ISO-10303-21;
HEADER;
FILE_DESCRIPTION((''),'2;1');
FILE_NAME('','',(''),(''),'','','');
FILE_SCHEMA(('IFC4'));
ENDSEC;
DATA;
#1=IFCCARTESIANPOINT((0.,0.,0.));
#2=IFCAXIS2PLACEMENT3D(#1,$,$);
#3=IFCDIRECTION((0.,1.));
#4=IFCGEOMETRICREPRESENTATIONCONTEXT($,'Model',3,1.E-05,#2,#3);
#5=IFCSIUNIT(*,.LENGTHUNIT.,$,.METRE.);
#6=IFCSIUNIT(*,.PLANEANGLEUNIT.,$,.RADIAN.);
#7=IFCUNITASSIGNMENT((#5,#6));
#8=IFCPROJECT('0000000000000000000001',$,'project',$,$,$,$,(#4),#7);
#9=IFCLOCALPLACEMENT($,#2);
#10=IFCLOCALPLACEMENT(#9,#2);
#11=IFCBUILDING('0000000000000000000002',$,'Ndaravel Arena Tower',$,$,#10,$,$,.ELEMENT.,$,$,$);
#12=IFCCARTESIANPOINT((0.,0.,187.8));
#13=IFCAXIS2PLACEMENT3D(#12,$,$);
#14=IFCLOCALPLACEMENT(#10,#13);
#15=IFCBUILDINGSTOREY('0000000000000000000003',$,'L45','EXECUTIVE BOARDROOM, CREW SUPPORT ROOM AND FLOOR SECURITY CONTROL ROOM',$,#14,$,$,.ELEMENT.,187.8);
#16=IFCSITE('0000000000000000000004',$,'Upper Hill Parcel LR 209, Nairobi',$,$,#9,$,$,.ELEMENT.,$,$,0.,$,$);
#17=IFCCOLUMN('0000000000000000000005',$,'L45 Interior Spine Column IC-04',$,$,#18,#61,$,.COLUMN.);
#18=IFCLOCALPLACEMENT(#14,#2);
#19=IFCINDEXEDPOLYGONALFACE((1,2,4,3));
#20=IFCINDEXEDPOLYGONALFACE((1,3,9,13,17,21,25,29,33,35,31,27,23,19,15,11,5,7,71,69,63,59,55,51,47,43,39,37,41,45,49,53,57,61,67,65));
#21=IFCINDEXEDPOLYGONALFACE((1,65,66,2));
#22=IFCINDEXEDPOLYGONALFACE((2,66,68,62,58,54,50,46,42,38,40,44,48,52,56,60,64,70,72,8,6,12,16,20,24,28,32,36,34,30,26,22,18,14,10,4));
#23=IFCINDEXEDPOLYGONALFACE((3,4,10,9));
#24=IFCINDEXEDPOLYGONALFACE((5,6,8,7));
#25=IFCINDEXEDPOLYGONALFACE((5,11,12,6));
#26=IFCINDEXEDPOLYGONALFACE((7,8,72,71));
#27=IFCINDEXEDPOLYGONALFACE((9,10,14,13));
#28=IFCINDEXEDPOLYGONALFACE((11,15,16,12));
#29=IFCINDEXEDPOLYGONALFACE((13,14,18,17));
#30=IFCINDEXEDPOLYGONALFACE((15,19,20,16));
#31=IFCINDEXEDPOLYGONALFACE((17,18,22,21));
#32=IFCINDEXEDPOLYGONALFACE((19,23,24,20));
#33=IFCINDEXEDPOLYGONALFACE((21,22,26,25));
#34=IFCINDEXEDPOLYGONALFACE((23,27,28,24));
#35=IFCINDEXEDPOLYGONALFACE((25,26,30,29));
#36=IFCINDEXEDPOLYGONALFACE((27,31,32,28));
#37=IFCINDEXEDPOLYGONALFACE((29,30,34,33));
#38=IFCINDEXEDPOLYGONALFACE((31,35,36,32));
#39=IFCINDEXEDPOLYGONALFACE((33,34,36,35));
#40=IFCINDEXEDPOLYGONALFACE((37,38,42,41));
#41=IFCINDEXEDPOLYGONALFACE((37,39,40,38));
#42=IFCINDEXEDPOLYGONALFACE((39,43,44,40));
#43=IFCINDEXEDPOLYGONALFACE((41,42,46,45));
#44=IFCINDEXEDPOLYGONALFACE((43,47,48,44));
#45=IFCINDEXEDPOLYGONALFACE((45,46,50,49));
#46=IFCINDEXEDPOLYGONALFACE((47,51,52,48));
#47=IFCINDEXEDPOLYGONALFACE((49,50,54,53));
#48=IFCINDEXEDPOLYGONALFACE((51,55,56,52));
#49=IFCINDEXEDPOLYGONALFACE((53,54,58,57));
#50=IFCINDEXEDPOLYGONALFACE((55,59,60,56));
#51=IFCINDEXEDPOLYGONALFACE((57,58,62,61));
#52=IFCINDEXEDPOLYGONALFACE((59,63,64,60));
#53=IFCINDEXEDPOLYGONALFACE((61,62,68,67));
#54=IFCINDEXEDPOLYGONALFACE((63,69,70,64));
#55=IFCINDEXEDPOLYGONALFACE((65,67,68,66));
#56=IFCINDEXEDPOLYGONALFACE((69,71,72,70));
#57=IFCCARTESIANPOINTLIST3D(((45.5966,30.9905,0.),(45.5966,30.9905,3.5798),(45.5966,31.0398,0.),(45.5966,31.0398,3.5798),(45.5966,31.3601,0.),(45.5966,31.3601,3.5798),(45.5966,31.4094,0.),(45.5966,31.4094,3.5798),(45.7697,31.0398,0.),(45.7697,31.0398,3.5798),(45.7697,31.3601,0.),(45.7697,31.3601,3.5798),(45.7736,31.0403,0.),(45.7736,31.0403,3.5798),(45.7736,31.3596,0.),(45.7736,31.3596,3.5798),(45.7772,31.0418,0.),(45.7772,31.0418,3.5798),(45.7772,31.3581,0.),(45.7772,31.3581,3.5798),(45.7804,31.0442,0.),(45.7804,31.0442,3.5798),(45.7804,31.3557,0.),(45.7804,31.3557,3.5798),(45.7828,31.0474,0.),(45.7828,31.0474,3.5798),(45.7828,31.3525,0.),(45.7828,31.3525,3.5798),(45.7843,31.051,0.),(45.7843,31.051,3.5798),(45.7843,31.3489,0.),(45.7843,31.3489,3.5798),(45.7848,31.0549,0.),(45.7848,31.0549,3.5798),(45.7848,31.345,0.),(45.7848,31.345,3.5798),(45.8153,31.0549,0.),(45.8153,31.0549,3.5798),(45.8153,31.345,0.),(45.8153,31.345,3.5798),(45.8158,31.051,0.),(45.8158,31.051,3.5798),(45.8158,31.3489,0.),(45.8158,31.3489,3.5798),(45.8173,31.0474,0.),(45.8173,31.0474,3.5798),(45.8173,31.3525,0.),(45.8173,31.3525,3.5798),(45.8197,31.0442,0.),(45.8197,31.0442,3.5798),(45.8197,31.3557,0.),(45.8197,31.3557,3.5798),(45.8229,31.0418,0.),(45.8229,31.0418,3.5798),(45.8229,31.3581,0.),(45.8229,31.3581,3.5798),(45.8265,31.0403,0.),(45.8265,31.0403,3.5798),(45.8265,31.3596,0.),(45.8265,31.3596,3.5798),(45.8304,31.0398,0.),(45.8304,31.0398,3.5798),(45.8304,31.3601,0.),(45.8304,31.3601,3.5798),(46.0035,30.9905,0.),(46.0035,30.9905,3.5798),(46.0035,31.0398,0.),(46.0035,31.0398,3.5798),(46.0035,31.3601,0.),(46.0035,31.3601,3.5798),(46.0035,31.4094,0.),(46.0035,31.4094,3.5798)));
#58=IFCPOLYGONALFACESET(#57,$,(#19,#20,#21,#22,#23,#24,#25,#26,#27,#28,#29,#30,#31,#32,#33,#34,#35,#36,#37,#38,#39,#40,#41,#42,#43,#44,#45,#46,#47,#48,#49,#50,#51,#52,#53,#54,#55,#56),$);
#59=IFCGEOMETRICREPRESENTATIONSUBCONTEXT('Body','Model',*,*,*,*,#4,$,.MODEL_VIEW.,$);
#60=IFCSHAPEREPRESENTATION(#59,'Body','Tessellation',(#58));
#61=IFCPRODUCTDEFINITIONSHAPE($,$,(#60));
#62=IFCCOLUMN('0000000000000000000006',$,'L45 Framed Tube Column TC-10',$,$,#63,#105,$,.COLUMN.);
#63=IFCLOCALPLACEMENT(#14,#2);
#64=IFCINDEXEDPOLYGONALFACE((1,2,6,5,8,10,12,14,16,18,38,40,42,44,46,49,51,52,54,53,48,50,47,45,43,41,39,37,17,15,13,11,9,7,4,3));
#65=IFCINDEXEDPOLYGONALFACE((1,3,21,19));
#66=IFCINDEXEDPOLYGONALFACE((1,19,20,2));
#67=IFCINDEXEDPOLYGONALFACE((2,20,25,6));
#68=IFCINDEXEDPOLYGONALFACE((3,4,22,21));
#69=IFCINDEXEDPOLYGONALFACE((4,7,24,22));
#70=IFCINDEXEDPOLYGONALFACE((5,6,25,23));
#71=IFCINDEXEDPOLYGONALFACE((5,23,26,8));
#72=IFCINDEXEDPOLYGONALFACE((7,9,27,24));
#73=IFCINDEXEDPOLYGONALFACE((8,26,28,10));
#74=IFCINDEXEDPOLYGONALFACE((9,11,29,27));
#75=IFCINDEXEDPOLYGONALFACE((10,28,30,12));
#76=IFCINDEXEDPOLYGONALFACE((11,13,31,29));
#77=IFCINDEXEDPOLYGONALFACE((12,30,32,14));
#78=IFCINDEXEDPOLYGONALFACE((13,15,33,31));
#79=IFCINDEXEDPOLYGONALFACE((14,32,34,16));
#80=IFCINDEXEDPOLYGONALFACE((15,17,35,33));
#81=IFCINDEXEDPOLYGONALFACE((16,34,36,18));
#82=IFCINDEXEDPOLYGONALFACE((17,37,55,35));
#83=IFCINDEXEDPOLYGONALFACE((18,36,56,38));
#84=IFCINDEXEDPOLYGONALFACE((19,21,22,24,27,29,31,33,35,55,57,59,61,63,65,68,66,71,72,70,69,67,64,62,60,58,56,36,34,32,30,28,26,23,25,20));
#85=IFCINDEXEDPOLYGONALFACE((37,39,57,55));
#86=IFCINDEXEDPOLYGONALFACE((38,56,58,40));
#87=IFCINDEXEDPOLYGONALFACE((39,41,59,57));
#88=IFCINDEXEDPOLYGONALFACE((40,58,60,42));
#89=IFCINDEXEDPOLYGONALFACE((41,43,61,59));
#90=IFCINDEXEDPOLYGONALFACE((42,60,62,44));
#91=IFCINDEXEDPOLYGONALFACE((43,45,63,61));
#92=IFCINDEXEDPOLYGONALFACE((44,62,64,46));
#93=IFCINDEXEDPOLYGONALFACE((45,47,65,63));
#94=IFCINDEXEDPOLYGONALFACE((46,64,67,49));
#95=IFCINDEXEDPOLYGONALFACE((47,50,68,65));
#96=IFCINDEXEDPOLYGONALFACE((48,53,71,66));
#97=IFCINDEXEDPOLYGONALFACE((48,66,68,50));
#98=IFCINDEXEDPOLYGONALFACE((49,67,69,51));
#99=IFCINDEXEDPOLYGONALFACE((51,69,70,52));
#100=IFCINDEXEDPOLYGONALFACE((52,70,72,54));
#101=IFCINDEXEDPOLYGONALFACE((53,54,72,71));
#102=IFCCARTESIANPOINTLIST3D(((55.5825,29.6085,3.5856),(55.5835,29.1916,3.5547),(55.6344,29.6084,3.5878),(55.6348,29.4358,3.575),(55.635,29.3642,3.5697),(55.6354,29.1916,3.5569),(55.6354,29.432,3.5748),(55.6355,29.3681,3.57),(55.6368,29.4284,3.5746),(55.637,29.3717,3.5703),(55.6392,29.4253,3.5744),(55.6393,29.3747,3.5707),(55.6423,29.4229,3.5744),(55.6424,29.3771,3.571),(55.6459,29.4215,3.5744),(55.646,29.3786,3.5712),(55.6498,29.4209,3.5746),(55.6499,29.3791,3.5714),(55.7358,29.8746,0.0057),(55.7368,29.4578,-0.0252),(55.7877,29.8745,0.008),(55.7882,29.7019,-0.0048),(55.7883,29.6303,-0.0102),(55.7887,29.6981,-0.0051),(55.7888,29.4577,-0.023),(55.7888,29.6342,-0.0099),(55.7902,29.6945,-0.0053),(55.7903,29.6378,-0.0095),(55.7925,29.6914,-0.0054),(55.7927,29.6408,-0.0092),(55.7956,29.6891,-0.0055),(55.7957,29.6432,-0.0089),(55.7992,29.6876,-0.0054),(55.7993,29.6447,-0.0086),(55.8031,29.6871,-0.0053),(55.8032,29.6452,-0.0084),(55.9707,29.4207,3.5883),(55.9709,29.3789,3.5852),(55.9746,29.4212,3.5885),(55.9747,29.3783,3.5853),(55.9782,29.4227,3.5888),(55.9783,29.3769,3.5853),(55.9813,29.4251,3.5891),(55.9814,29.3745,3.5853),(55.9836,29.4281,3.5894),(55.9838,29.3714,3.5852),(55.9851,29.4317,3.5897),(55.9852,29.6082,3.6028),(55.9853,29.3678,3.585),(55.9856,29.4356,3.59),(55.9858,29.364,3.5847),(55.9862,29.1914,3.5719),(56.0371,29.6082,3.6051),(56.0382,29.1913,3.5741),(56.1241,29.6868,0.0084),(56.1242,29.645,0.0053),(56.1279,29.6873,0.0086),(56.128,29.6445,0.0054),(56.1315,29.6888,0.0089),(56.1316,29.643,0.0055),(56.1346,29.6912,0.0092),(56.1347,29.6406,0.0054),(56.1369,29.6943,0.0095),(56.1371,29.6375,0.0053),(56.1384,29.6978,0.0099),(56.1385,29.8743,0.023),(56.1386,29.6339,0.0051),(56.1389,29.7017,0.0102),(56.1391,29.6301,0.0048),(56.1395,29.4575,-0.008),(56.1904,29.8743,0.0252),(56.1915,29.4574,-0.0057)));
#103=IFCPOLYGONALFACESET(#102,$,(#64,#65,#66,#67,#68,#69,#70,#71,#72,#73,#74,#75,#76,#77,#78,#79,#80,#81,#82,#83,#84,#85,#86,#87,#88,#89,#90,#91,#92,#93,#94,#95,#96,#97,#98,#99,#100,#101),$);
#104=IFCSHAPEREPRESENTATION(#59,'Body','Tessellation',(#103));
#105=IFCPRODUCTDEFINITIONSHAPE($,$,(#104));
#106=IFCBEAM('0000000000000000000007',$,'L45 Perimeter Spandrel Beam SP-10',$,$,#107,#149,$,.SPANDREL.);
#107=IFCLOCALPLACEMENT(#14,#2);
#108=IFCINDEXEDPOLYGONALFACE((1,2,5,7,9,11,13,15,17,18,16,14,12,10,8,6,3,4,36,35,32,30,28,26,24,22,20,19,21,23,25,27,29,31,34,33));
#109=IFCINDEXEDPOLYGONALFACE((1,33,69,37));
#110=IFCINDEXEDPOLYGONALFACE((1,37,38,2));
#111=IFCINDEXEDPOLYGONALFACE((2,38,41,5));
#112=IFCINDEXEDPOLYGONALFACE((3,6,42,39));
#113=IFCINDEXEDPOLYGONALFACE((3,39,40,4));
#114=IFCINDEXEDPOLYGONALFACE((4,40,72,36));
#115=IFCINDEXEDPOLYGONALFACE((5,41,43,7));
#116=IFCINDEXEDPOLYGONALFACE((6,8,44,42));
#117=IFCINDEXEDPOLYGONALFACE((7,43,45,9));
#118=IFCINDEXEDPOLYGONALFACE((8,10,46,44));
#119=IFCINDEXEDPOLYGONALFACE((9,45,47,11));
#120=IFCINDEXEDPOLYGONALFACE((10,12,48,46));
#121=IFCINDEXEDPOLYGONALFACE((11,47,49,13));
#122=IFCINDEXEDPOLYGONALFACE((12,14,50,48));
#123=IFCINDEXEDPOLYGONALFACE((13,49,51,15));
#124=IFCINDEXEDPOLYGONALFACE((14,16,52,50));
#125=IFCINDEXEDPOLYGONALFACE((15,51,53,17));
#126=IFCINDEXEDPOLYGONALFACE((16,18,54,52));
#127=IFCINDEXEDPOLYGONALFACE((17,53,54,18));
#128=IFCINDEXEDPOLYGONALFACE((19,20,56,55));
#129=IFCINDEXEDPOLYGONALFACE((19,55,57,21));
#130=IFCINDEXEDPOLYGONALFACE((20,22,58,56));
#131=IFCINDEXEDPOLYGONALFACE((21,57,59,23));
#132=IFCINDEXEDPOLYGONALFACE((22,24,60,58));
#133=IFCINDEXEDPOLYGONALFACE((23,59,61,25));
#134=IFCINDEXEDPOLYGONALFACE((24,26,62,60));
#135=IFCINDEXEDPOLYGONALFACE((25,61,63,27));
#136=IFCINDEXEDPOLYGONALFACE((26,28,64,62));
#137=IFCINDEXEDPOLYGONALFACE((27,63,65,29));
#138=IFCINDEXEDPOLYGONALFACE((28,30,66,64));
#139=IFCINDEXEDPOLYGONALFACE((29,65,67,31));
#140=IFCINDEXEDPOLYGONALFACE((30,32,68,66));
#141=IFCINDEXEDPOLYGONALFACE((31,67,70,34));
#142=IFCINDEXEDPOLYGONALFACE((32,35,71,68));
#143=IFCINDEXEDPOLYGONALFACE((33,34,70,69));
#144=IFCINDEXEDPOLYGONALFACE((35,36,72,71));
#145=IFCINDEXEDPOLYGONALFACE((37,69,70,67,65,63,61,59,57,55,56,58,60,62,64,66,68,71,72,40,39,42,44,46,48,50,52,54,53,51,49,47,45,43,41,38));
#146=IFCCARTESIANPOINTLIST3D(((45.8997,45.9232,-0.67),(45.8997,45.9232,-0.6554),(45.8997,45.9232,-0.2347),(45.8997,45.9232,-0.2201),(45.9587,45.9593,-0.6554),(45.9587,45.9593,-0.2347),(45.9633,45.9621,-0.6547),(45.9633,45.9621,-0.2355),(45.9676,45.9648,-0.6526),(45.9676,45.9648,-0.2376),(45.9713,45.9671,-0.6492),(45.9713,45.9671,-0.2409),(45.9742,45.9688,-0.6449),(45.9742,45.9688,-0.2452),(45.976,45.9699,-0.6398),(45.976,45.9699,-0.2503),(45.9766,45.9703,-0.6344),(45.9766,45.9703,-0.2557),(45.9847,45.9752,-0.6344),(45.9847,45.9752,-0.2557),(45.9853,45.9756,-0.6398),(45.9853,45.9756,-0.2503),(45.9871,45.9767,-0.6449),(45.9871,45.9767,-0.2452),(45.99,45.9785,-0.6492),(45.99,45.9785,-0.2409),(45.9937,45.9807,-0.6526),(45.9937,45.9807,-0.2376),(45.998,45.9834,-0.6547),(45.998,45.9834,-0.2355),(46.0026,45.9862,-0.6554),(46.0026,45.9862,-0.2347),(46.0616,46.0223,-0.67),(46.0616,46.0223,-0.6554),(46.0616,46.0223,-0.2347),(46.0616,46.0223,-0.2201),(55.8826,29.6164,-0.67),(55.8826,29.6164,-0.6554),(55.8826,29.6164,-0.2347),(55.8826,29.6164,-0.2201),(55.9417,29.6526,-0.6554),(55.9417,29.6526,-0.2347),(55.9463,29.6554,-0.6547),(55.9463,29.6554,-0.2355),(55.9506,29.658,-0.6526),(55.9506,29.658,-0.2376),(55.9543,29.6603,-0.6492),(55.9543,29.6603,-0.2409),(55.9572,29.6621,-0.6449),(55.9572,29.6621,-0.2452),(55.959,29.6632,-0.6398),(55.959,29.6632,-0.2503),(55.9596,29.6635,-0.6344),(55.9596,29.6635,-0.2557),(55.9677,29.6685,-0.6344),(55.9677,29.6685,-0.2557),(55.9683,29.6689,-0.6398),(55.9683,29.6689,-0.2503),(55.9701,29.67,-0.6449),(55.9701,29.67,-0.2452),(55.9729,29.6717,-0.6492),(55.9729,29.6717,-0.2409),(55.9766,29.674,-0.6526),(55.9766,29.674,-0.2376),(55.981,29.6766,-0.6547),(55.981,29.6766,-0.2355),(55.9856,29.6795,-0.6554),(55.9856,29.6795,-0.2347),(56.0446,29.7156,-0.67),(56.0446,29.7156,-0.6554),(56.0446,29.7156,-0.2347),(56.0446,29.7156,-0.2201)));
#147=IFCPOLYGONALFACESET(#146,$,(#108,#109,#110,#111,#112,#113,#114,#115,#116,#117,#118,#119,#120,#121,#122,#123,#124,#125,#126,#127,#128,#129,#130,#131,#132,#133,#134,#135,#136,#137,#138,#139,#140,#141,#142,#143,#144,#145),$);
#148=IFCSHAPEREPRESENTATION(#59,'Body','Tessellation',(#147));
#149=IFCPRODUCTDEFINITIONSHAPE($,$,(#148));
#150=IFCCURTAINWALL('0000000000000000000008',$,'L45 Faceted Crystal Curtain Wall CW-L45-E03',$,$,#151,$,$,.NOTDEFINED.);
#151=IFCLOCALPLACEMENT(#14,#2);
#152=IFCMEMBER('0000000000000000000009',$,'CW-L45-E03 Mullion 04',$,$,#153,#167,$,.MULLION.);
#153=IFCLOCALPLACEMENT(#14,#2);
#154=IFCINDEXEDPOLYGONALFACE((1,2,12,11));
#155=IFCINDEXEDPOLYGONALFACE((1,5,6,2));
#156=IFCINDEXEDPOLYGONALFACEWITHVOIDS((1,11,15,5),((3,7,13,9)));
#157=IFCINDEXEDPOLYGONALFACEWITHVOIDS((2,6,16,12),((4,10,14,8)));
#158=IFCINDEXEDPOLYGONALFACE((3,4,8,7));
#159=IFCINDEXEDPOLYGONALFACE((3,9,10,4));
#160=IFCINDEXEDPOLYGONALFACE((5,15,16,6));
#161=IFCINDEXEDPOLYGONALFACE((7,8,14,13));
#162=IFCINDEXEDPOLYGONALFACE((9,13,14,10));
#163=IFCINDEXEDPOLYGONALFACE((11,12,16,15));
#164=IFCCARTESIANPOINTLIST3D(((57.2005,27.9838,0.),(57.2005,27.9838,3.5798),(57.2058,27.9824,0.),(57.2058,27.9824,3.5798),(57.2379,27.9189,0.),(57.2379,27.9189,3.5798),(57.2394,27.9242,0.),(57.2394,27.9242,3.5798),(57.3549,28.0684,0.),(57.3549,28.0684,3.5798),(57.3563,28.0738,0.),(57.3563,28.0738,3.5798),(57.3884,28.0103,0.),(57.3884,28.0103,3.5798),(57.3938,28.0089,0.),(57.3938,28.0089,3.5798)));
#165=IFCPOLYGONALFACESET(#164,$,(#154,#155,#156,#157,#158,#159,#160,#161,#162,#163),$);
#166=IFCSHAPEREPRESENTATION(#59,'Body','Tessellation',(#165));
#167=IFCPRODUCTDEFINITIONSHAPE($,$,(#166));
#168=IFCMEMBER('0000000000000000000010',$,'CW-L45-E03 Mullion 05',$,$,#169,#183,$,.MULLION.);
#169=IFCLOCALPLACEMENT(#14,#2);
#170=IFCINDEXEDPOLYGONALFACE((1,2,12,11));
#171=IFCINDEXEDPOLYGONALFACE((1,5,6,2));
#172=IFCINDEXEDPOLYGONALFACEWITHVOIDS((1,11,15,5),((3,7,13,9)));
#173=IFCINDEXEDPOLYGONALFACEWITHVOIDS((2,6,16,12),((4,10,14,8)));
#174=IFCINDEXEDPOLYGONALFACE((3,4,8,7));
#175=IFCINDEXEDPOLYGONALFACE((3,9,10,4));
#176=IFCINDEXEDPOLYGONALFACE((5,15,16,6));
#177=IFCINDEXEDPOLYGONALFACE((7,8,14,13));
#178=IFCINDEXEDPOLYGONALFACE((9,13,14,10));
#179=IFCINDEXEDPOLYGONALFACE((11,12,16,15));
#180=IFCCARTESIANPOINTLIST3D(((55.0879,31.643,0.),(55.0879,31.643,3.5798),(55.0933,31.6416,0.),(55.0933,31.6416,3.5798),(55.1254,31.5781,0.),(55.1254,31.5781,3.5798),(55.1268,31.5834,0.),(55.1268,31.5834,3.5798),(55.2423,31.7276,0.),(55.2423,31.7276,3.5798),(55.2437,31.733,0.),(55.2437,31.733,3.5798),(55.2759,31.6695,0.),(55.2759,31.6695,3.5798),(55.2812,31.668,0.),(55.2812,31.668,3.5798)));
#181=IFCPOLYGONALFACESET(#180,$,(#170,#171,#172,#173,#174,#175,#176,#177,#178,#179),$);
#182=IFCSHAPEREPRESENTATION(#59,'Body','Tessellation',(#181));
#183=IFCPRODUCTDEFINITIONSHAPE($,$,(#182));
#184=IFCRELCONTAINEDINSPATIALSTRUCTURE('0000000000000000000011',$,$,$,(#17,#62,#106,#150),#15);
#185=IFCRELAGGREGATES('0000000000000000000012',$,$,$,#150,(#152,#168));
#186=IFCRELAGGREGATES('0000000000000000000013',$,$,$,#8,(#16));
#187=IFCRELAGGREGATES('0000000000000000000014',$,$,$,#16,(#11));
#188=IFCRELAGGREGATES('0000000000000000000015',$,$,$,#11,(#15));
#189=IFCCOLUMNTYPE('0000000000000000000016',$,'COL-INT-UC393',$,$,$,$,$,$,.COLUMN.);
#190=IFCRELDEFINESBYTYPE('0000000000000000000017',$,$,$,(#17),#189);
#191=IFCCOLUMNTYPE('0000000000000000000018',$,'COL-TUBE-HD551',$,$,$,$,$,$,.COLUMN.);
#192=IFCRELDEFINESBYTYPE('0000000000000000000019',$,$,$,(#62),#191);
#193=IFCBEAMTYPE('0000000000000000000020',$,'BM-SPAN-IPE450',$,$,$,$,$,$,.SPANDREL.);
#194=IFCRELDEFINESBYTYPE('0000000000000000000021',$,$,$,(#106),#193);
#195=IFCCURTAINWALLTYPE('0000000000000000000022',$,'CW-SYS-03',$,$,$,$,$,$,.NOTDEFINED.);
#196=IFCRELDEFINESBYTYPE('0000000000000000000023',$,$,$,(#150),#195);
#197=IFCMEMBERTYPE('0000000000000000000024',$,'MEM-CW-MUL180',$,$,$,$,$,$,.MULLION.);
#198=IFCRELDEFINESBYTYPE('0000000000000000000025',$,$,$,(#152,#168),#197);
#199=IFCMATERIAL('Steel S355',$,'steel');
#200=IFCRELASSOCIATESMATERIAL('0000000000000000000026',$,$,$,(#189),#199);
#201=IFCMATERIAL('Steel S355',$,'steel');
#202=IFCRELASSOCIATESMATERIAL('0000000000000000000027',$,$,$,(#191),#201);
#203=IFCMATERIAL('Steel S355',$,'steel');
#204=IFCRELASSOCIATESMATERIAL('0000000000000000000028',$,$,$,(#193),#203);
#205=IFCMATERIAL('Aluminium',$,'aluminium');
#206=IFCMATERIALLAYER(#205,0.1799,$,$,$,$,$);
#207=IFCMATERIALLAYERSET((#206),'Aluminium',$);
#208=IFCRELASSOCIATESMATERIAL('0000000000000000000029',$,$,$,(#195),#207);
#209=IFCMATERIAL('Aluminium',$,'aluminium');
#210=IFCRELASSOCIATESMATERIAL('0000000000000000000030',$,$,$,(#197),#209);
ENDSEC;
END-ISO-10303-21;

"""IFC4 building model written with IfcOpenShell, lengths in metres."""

from ifc_helpers import new_model, si_unit, direction, frame, origin, origin_2d, place, context, subcontext, project, spatial, hollow_rectangle, i_section, extrude, material, layer, layer_set, material_profile, profile_set, type_object, element, aggregate, save


model = new_model("IFC4")

# Units and contexts
model_context = context("Model", 3, precision=1e-05, world=origin(), true_north=direction((0.0, 1.0)))
body_context = subcontext(model_context, "Body", "Model", "MODEL_VIEW")
ifc_project = project(units=[si_unit("LENGTHUNIT", "METRE"), si_unit("PLANEANGLEUNIT", "RADIAN")], contexts=[model_context])

# Site, building, storey
site_placement = place(None, origin())
site = spatial("IfcSite", under=ifc_project, at=site_placement, Name="Upper Hill Parcel LR 209, Nairobi", CompositionType="ELEMENT", RefElevation=0.0)
building_placement = place(site_placement, origin())
building = spatial("IfcBuilding", under=site, at=building_placement, Name="Ndaravel Arena Tower", CompositionType="ELEMENT")
storey_placement = place(building_placement, frame((0.0, 0.0, 187.8)))
storey = spatial("IfcBuildingStorey", under=building, at=storey_placement, Name="L45", Description="EXECUTIVE BOARDROOM, CREW SUPPORT ROOM AND FLOOR SECURITY CONTROL ROOM", CompositionType="ELEMENT", Elevation=187.8)

# Columns
ifc_material_1 = material(Name="Steel S355", Category="steel")
ifc_material_profile_1 = material_profile(ifc_material_1, i_section(OverallWidth=0.407, OverallDepth=0.4189, WebThickness=0.0305, FlangeThickness=0.0493, FilletRadius=0.0151, at=origin_2d()), Name="UC 356x406x393")
ifc_profile_set_1 = profile_set([ifc_material_profile_1], Name="Steel S355")
column_type_1 = type_object("IfcColumnType", Name="COL-INT-UC393", PredefinedType="COLUMN", material=ifc_profile_set_1)
column_1_placement = place(storey_placement, frame((45.8, 31.2, 0.0), z_axis=(0.0, 0.0, 1.0), x_axis=(1.0, 0.0, 0.0)))
element("IfcColumn", 1, at=column_1_placement, inside=storey, type_object=column_type_1, Name="L45 Interior Spine Column IC-04", PredefinedType="COLUMN", context=body_context, shape_type="SweptSolid", body=[
    extrude(i_section(OverallWidth=0.407, OverallDepth=0.4189, WebThickness=0.0305, FlangeThickness=0.0493, FilletRadius=0.0151, at=origin_2d()), origin(), (0.0, 0.0, 1.0), 3.5798),
])
ifc_material_2 = material(Name="Steel S355", Category="steel")
ifc_material_profile_2 = material_profile(ifc_material_2, i_section(OverallWidth=0.418, OverallDepth=0.4551, WebThickness=0.042, FlangeThickness=0.052, FilletRadius=0.0149, at=origin_2d()), Name="HD 400x551")
ifc_profile_set_2 = profile_set([ifc_material_profile_2], Name="Steel S355")
column_type_2 = type_object("IfcColumnType", Name="COL-TUBE-HD551", PredefinedType="COLUMN", material=ifc_profile_set_2)
column_2_placement = place(storey_placement, frame((55.9636, 29.666, 0.0), z_axis=(-0.042672, -0.074065, 0.99634), x_axis=(-0.002485, 0.997253, 0.074026)))
element("IfcColumn", 2, at=column_2_placement, inside=storey, type_object=column_type_2, Name="L45 Framed Tube Column TC-10", PredefinedType="COLUMN", context=body_context, shape_type="SweptSolid", body=[
    extrude(i_section(OverallWidth=0.418, OverallDepth=0.4551, WebThickness=0.042, FlangeThickness=0.052, FilletRadius=0.0149, at=origin_2d()), origin(), (0.0, 0.0, 1.0), 3.593),
])

# Beam
ifc_material_3 = material(Name="Steel S355", Category="steel")
ifc_material_profile_3 = material_profile(ifc_material_3, i_section(OverallWidth=0.1899, OverallDepth=0.45, WebThickness=0.0095, FlangeThickness=0.0146, FilletRadius=0.021, at=origin_2d()), Name="IPE 450")
ifc_profile_set_3 = profile_set([ifc_material_profile_3], Name="Steel S355")
beam_type = type_object("IfcBeamType", Name="BM-SPAN-IPE450", PredefinedType="SPANDREL", material=ifc_profile_set_3)
beam_placement = place(storey_placement, frame((55.9636, 29.666, -0.4451), z_axis=(-0.522125, 0.852869, 0.0), x_axis=(-0.852869, -0.522125, 0.0)))
element("IfcBeam", 3, at=beam_placement, inside=storey, type_object=beam_type, Name="L45 Perimeter Spandrel Beam SP-10", PredefinedType="SPANDREL", context=body_context, shape_type="SweptSolid", body=[
    extrude(i_section(OverallWidth=0.1899, OverallDepth=0.45, WebThickness=0.0095, FlangeThickness=0.0146, FilletRadius=0.021, at=origin_2d()), origin(), (0.0, 0.0, 1.0), 19.1199),
])

# Curtain wall, members
ifc_material_4 = material(Name="Aluminium", Category="aluminium")
ifc_layer_1 = layer(ifc_material_4, 0.1799)
ifc_layer_set_1 = layer_set([ifc_layer_1], Name="Aluminium")
curtain_wall_type = type_object("IfcCurtainWallType", Name="CW-SYS-03", PredefinedType="NOTDEFINED", material=ifc_layer_set_1)
curtain_wall_placement = place(storey_placement, origin())
curtain_wall = element("IfcCurtainWall", 4, at=curtain_wall_placement, inside=storey, type_object=curtain_wall_type, Name="L45 Faceted Crystal Curtain Wall CW-L45-E03", PredefinedType="NOTDEFINED")
ifc_material_5 = material(Name="Aluminium", Category="aluminium")
ifc_material_profile_4 = material_profile(ifc_material_5, hollow_rectangle(XDim=0.075, YDim=0.1799, WallThickness=0.0039, at=origin_2d()), Name="CW MULLION 75x180x4")
ifc_profile_set_4 = profile_set([ifc_material_profile_4], Name="Aluminium")
member_type = type_object("IfcMemberType", Name="MEM-CW-MUL180", PredefinedType="MULLION", material=ifc_profile_set_4)
member_1_placement = place(storey_placement, frame((57.2971, 27.9963, 0.0), z_axis=(0.0, 0.0, 1.0), x_axis=(-0.5, 0.866025, 0.0)))
member_1 = element("IfcMember", 5, at=member_1_placement, type_object=member_type, Name="CW-L45-E03 Mullion 04", PredefinedType="MULLION", context=body_context, shape_type="SweptSolid", body=[
    extrude(hollow_rectangle(XDim=0.075, YDim=0.1799, WallThickness=0.0039, at=origin_2d()), origin(), (0.0, 0.0, 1.0), 3.5798),
])
member_2_placement = place(storey_placement, frame((55.1846, 31.6555, 0.0), z_axis=(0.0, 0.0, 1.0), x_axis=(-0.5, 0.866025, 0.0)))
member_2 = element("IfcMember", 6, at=member_2_placement, type_object=member_type, Name="CW-L45-E03 Mullion 05", PredefinedType="MULLION", context=body_context, shape_type="SweptSolid", body=[
    extrude(hollow_rectangle(XDim=0.075, YDim=0.1799, WallThickness=0.0039, at=origin_2d()), origin(), (0.0, 0.0, 1.0), 3.5798),
])
aggregate(curtain_wall, [member_1, member_2])

save(model, "model.ifc")
